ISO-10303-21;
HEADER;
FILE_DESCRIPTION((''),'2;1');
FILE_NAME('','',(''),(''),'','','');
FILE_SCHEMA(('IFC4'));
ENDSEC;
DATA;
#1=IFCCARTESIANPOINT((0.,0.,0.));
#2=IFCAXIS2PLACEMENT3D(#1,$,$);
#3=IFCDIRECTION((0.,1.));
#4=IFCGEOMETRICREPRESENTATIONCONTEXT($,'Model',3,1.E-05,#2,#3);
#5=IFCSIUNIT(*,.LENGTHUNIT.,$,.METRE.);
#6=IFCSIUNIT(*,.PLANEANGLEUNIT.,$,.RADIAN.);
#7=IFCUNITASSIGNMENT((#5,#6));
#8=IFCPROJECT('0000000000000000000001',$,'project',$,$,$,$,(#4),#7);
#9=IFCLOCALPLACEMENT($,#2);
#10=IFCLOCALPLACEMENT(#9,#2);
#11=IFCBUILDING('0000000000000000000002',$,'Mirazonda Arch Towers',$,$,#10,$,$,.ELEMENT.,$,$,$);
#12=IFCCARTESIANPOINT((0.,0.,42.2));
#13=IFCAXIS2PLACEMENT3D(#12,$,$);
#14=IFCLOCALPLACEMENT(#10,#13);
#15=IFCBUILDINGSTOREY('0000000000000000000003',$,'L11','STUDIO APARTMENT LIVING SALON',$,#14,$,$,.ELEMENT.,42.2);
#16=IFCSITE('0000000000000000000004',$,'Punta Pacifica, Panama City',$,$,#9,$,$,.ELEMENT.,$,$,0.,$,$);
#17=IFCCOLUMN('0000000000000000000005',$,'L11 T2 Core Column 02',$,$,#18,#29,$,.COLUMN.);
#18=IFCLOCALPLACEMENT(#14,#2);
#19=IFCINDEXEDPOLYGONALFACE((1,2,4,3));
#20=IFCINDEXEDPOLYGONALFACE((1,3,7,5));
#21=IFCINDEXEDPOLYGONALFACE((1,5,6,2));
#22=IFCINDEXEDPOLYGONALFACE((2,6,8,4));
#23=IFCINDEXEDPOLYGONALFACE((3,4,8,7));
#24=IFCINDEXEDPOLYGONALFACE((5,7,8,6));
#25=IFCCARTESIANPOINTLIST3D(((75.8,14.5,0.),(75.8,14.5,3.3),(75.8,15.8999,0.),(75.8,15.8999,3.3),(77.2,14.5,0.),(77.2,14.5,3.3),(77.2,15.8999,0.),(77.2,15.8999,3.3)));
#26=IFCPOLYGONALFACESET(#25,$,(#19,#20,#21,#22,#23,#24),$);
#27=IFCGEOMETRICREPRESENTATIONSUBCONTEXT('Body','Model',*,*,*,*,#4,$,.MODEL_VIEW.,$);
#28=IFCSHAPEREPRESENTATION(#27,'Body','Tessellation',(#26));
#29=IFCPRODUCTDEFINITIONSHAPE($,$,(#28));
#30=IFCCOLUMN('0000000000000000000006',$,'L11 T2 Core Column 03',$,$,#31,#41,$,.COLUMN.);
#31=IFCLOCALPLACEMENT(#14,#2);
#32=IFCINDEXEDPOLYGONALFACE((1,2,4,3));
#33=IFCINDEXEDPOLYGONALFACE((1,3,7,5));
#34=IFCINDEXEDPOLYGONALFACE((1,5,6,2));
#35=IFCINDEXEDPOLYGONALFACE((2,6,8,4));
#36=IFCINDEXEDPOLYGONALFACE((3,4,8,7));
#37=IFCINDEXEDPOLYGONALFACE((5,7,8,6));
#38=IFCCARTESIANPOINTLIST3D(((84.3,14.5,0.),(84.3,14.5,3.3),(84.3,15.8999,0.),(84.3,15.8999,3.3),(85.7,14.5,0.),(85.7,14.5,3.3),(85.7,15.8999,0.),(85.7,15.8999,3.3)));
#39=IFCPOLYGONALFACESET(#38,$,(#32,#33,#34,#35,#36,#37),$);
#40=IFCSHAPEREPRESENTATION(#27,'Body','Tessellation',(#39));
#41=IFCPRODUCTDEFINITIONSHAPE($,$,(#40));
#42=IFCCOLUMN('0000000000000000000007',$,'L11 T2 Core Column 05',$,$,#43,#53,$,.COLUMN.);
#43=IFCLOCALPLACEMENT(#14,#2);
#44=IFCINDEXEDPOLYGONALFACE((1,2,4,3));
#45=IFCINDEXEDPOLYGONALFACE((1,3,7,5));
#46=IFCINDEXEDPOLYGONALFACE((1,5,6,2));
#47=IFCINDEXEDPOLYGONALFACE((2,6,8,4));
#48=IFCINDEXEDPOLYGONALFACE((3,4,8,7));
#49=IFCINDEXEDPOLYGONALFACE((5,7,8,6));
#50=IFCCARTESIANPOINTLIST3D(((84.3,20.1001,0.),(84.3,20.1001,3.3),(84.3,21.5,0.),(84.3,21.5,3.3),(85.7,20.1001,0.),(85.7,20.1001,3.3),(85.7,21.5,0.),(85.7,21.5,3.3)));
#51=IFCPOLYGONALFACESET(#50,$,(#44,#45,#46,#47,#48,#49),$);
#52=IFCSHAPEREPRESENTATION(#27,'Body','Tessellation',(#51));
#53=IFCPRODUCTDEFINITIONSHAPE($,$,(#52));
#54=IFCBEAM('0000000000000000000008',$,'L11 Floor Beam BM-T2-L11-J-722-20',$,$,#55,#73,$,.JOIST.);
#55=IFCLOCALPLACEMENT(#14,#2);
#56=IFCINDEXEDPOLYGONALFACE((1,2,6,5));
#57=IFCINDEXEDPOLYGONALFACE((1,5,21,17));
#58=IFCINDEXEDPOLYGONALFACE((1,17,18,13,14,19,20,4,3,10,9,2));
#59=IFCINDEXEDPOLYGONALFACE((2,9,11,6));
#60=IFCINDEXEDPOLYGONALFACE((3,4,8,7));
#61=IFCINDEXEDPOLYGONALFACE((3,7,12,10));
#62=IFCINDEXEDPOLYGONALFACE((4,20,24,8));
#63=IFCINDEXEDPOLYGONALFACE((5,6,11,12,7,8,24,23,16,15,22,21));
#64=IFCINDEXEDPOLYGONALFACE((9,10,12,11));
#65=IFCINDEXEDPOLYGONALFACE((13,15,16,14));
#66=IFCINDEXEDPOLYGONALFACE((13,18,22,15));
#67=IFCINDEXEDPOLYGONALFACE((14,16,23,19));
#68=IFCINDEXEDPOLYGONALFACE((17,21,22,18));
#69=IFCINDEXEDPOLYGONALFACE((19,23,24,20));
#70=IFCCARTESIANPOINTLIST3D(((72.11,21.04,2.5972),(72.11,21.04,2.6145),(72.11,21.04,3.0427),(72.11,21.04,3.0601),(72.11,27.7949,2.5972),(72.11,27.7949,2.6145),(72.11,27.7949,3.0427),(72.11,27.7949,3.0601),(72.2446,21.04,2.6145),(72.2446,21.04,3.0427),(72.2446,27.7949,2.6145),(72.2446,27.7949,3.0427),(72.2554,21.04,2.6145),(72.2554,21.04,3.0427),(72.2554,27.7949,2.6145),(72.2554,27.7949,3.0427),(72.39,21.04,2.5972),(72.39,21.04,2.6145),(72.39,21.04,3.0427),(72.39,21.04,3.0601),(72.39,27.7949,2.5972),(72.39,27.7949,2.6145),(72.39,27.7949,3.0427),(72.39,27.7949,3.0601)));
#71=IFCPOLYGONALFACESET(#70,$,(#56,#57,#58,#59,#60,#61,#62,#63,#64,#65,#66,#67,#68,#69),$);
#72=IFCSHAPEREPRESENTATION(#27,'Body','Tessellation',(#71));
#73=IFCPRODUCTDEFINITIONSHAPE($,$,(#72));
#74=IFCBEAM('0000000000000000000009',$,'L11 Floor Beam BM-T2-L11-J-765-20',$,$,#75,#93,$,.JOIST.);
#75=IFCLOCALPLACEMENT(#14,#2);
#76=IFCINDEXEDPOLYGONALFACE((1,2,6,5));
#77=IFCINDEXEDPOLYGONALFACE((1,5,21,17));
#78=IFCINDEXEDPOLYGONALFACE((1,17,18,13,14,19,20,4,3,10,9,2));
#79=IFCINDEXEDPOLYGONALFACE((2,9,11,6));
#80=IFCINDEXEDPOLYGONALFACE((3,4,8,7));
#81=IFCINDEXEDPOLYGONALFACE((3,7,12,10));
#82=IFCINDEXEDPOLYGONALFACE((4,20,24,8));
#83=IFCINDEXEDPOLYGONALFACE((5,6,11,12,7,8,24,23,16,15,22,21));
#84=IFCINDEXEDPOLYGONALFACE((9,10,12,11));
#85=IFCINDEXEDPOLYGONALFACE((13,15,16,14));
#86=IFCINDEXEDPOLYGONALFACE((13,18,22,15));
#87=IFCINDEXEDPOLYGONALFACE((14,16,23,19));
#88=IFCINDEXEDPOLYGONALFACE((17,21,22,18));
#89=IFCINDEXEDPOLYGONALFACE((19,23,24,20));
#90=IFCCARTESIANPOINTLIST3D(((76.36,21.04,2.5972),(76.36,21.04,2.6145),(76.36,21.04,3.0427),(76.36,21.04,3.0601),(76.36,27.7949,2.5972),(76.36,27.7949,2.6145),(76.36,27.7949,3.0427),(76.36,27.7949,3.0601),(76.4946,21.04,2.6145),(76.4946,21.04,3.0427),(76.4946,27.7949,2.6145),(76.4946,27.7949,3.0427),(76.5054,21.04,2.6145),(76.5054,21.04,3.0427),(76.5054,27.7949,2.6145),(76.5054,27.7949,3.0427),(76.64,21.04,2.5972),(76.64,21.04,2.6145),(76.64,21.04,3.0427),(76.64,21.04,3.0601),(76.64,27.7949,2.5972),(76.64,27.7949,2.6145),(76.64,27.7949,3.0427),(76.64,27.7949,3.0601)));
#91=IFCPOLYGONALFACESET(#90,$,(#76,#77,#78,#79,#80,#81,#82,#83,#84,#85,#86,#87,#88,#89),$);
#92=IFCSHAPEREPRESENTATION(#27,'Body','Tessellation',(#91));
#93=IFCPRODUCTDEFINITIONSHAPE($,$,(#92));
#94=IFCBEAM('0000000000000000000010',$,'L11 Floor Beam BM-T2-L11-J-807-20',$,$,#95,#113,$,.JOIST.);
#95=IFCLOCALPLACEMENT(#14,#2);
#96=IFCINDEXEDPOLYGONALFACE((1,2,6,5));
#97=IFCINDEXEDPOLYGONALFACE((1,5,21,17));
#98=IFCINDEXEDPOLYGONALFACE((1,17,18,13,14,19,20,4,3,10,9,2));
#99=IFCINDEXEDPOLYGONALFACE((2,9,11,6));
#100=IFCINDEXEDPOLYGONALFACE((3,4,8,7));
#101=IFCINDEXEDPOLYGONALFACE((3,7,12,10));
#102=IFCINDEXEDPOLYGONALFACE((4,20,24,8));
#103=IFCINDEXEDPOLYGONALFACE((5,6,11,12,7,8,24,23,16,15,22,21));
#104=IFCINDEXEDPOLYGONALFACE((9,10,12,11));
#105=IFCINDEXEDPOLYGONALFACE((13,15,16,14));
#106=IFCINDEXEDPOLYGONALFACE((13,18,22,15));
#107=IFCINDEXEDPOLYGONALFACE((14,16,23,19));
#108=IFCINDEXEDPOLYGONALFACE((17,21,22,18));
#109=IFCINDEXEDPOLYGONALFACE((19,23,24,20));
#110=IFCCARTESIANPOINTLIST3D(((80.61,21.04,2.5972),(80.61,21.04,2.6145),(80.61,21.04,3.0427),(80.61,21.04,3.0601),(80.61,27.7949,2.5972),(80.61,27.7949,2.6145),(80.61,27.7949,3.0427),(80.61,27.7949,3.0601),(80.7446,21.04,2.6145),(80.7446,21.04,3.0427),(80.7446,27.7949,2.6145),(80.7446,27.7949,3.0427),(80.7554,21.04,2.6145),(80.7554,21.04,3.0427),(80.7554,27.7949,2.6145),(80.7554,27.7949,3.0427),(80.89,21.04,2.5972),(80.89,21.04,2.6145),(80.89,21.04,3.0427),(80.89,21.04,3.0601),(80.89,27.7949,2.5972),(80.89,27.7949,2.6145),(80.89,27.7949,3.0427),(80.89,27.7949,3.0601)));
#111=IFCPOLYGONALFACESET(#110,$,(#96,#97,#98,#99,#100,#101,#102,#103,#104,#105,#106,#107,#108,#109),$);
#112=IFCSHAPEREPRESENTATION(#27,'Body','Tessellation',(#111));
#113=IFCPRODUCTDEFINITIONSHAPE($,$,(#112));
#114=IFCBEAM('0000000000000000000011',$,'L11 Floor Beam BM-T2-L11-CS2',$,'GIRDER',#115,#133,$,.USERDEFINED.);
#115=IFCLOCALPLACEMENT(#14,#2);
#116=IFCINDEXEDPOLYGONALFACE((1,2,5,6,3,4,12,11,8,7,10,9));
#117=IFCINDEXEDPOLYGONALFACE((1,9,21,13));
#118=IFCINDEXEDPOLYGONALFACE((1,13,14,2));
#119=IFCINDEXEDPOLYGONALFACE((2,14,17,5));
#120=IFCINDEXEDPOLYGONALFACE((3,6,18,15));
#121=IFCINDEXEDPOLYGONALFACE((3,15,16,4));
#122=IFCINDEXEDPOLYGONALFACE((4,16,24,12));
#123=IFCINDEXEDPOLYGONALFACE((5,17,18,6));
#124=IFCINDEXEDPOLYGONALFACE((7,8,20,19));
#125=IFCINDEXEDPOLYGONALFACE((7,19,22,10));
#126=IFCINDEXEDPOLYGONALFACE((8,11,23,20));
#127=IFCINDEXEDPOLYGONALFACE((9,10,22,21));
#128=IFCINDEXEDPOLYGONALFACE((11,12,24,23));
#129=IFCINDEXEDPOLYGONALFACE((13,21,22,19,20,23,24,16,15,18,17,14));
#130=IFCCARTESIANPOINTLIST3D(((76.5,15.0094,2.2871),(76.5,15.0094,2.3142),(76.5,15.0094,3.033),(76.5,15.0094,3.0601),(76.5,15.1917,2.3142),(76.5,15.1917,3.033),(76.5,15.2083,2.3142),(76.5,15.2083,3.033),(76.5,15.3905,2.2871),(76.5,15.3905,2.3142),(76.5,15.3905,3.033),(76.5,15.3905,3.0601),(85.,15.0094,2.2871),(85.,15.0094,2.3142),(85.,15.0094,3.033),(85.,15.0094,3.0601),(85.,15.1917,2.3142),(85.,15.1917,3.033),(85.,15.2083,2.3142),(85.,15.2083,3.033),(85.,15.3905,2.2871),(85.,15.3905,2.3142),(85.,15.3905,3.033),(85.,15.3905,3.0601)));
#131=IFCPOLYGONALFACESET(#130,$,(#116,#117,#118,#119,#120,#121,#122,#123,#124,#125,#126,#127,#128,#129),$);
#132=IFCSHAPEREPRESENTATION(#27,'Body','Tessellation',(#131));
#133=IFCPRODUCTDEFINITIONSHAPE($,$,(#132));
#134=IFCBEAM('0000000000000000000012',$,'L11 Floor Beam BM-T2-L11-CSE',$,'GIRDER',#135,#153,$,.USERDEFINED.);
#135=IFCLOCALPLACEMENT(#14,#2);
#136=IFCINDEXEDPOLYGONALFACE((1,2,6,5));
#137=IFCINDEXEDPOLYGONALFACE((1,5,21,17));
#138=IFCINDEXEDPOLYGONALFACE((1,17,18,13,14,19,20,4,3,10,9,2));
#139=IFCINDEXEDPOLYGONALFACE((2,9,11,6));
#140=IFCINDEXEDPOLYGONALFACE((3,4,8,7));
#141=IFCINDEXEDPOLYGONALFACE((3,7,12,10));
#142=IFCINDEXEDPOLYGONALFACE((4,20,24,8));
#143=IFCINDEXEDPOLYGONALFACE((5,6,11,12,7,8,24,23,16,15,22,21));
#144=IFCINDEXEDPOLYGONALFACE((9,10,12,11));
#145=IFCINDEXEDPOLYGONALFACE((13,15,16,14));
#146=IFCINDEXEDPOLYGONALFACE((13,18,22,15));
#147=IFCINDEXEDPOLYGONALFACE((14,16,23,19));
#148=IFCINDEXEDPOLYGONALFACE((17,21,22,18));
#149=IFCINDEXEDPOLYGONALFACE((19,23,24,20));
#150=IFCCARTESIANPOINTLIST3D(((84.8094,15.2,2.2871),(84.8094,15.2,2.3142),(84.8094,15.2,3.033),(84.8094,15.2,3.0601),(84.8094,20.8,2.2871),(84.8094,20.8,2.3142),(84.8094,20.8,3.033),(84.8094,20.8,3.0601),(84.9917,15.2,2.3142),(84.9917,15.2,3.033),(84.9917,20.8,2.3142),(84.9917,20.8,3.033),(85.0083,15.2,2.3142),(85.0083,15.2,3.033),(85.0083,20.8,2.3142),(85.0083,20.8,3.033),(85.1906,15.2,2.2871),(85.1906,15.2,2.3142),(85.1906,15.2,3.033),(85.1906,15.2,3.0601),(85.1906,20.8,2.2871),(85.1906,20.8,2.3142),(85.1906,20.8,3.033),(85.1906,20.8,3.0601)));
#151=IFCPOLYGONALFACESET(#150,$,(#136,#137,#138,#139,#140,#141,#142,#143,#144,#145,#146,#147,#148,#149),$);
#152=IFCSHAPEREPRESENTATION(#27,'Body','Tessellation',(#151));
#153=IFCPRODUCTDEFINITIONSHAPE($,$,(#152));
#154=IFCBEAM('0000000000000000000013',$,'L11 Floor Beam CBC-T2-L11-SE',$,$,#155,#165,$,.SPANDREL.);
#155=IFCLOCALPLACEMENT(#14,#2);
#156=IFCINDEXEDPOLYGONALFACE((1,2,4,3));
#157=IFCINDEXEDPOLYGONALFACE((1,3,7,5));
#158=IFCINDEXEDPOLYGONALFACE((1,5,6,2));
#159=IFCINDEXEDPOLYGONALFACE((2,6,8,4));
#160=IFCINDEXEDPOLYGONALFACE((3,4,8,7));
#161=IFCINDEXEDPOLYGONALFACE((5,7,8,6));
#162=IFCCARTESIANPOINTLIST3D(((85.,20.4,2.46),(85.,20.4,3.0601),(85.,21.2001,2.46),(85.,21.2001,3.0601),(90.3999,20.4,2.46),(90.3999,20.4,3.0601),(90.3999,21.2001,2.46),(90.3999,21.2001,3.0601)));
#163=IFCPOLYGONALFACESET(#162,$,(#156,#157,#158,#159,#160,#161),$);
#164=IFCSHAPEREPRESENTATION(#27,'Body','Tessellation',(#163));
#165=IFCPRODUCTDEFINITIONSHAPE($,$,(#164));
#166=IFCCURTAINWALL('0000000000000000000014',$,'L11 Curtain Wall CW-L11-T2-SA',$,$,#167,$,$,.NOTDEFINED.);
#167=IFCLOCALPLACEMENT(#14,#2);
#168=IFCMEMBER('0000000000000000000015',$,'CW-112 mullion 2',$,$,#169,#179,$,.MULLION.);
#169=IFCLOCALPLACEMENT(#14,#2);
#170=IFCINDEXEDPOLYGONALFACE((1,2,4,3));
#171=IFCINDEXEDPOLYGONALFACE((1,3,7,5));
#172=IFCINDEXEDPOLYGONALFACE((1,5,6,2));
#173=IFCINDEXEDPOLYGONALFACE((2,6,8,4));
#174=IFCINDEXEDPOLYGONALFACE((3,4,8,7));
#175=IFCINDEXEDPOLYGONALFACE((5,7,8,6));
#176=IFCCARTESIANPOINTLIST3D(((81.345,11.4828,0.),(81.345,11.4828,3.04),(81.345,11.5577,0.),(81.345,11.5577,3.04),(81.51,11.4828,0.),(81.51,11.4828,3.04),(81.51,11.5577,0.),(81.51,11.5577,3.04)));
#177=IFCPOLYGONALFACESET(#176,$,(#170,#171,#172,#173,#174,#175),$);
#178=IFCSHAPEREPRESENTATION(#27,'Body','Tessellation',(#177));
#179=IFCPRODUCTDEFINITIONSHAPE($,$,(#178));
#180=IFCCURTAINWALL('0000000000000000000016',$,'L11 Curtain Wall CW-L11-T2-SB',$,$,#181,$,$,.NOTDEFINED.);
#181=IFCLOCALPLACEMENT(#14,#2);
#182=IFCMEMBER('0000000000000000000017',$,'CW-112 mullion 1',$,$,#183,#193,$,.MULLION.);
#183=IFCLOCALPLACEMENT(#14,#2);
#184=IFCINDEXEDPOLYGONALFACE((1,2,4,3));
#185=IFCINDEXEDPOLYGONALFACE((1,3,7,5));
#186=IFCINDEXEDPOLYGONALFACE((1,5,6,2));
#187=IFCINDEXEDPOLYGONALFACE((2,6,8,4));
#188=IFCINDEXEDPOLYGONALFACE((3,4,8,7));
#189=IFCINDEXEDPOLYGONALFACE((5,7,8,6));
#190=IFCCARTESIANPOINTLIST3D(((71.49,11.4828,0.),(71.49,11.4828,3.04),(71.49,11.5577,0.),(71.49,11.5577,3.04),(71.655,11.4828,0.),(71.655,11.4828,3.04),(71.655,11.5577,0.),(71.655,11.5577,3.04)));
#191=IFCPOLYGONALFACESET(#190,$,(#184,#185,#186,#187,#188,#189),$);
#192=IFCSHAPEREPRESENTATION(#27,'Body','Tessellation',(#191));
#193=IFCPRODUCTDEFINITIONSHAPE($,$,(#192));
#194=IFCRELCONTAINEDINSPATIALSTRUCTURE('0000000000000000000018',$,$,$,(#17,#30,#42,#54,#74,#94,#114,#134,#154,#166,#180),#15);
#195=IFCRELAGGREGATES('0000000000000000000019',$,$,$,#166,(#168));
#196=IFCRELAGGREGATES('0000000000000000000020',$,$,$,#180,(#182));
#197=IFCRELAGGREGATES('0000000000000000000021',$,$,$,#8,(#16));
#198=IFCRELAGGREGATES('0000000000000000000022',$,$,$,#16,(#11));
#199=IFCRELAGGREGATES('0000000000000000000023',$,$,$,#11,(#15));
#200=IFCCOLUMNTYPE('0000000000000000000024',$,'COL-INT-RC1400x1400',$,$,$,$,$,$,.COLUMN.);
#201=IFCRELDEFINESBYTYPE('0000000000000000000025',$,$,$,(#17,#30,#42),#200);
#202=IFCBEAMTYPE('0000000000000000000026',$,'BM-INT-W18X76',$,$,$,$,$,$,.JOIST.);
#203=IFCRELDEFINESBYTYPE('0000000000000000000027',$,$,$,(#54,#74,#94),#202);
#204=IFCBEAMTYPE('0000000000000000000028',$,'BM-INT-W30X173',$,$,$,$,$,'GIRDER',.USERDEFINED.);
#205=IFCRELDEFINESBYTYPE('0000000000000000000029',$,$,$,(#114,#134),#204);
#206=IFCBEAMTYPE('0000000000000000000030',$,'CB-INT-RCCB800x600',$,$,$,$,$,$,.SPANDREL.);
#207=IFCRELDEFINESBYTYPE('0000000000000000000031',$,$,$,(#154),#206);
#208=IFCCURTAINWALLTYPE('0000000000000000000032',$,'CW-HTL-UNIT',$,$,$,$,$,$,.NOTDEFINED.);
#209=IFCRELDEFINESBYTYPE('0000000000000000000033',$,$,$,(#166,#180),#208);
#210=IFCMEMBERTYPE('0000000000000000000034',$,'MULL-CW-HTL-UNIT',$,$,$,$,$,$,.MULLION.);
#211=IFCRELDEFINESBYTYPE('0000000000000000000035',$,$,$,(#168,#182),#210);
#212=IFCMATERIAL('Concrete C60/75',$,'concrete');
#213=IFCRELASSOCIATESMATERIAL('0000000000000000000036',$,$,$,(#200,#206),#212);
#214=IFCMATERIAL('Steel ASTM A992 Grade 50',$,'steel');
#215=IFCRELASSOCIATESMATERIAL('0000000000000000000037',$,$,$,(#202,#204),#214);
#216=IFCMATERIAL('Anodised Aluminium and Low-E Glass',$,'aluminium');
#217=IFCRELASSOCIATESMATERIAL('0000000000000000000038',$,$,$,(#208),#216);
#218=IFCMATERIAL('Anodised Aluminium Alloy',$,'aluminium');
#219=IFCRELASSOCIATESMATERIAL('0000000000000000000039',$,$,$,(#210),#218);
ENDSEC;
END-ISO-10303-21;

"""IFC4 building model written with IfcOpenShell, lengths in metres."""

from ifc_helpers import new_model, si_unit, direction, frame, origin, origin_2d, place, context, subcontext, project, spatial, rectangle, i_section, extrude, material, material_profile, profile_set, type_object, element, aggregate, save


model = new_model("IFC4")

# Units and contexts
model_context = context("Model", 3, precision=1e-05, world=origin(), true_north=direction((0.0, 1.0)))
body_context = subcontext(model_context, "Body", "Model", "MODEL_VIEW")
ifc_project = project(units=[si_unit("LENGTHUNIT", "METRE"), si_unit("PLANEANGLEUNIT", "RADIAN")], contexts=[model_context])

# Site, building, storey
site_placement = place(None, origin())
site = spatial("IfcSite", under=ifc_project, at=site_placement, Name="Punta Pacifica, Panama City", CompositionType="ELEMENT", RefElevation=0.0)
building_placement = place(site_placement, origin())
building = spatial("IfcBuilding", under=site, at=building_placement, Name="Mirazonda Arch Towers", CompositionType="ELEMENT")
storey_placement = place(building_placement, frame((0.0, 0.0, 42.2)))
storey = spatial("IfcBuildingStorey", under=building, at=storey_placement, Name="L11", Description="STUDIO APARTMENT LIVING SALON", CompositionType="ELEMENT", Elevation=42.2)

# Columns
ifc_material_1 = material(Name="Concrete C60/75", Category="concrete")
ifc_material_profile_1 = material_profile(ifc_material_1, rectangle(XDim=1.3999, YDim=1.3999, at=origin_2d()), Name="RC1400x1400")
ifc_profile_set_1 = profile_set([ifc_material_profile_1], Name="Concrete C60/75")
column_type = type_object("IfcColumnType", Name="COL-INT-RC1400x1400", PredefinedType="COLUMN", material=ifc_profile_set_1)
for number, where, z_axis, x_axis, name in (
    (1, (76.5, 15.2, 0.0), (0.0, 0.0, 1.0), (1.0, 0.0, 0.0), "L11 T2 Core Column 02"),
    (2, (85.0, 15.2, 0.0), (0.0, 0.0, 1.0), (1.0, 0.0, 0.0), "L11 T2 Core Column 03"),
    (3, (85.0, 20.8, 0.0), (0.0, 0.0, 1.0), (1.0, 0.0, 0.0), "L11 T2 Core Column 05"),
):
    element("IfcColumn", number, at=place(storey_placement, frame(where, z_axis=z_axis, x_axis=x_axis)), inside=storey, type_object=column_type, Name=name, PredefinedType="COLUMN", context=body_context, shape_type="SweptSolid", body=[
        extrude(rectangle(XDim=1.3999, YDim=1.3999, at=origin_2d()), origin(), (0.0, 0.0, 1.0), 3.3),
    ])

# Beams
ifc_material_2 = material(Name="Steel ASTM A992 Grade 50", Category="steel")
ifc_material_profile_2 = material_profile(ifc_material_2, i_section(OverallWidth=0.28, OverallDepth=0.4629, WebThickness=0.0107, FlangeThickness=0.0173, at=origin_2d()), Name="W18X76")
ifc_profile_set_2 = profile_set([ifc_material_profile_2], Name="Steel ASTM A992 Grade 50")
beam_type_1 = type_object("IfcBeamType", Name="BM-INT-W18X76", PredefinedType="JOIST", material=ifc_profile_set_2)
for number, where, z_axis, x_axis, name in (
    (4, (72.25, 21.04, 2.8286), (0.0, 1.0, 0.0), (-1.0, 0.0, 0.0), "L11 Floor Beam BM-T2-L11-J-722-20"),
    (5, (76.5, 21.04, 2.8286), (0.0, 1.0, 0.0), (-1.0, 0.0, 0.0), "L11 Floor Beam BM-T2-L11-J-765-20"),
    (6, (80.75, 21.04, 2.8286), (0.0, 1.0, 0.0), (-1.0, 0.0, 0.0), "L11 Floor Beam BM-T2-L11-J-807-20"),
):
    element("IfcBeam", number, at=place(storey_placement, frame(where, z_axis=z_axis, x_axis=x_axis)), inside=storey, type_object=beam_type_1, Name=name, PredefinedType="JOIST", context=body_context, shape_type="SweptSolid", body=[
        extrude(i_section(OverallWidth=0.28, OverallDepth=0.4629, WebThickness=0.0107, FlangeThickness=0.0173, at=origin_2d()), origin(), (0.0, 0.0, 1.0), 6.7549),
    ])
ifc_material_profile_3 = material_profile(ifc_material_2, i_section(OverallWidth=0.3811, OverallDepth=0.7729, WebThickness=0.0166, FlangeThickness=0.0271, at=origin_2d()), Name="W30X173")
ifc_profile_set_3 = profile_set([ifc_material_profile_3], Name="Steel ASTM A992 Grade 50")
beam_type_2 = type_object("IfcBeamType", Name="BM-INT-W30X173", ElementType="GIRDER", PredefinedType="USERDEFINED", material=ifc_profile_set_3)
beam_1_placement = place(storey_placement, frame((76.5, 15.2, 2.6736), z_axis=(1.0, 0.0, 0.0), x_axis=(0.0, 1.0, 0.0)))
element("IfcBeam", 7, at=beam_1_placement, inside=storey, type_object=beam_type_2, Name="L11 Floor Beam BM-T2-L11-CS2", ObjectType="GIRDER", PredefinedType="USERDEFINED", context=body_context, shape_type="SweptSolid", body=[
    extrude(i_section(OverallWidth=0.3811, OverallDepth=0.7729, WebThickness=0.0166, FlangeThickness=0.0271, at=origin_2d()), origin(), (0.0, 0.0, 1.0), 8.5),
])
beam_2_placement = place(storey_placement, frame((85.0, 15.2, 2.6736), z_axis=(0.0, 1.0, 0.0), x_axis=(-1.0, 0.0, 0.0)))
element("IfcBeam", 8, at=beam_2_placement, inside=storey, type_object=beam_type_2, Name="L11 Floor Beam BM-T2-L11-CSE", ObjectType="GIRDER", PredefinedType="USERDEFINED", context=body_context, shape_type="SweptSolid", body=[
    extrude(i_section(OverallWidth=0.3811, OverallDepth=0.7729, WebThickness=0.0166, FlangeThickness=0.0271, at=origin_2d()), origin(), (0.0, 0.0, 1.0), 5.6001),
])
ifc_material_profile_4 = material_profile(ifc_material_1, rectangle(XDim=0.8, YDim=0.6001, at=origin_2d()), Name="RCCB800x600")
ifc_profile_set_4 = profile_set([ifc_material_profile_4], Name="Concrete C60/75")
beam_type_3 = type_object("IfcBeamType", Name="CB-INT-RCCB800x600", PredefinedType="SPANDREL", material=ifc_profile_set_4)
beam_3_placement = place(storey_placement, frame((85.0, 20.8, 2.76), z_axis=(1.0, 0.0, 0.0), x_axis=(0.0, 1.0, 0.0)))
element("IfcBeam", 9, at=beam_3_placement, inside=storey, type_object=beam_type_3, Name="L11 Floor Beam CBC-T2-L11-SE", PredefinedType="SPANDREL", context=body_context, shape_type="SweptSolid", body=[
    extrude(rectangle(XDim=0.8, YDim=0.6001, at=origin_2d()), origin(), (0.0, 0.0, 1.0), 5.3999),
])

# Curtain walls, members
ifc_material_3 = material(Name="Anodised Aluminium and Low-E Glass", Category="aluminium")
curtain_wall_type = type_object("IfcCurtainWallType", Name="CW-HTL-UNIT", PredefinedType="NOTDEFINED", material=ifc_material_3)
curtain_wall_1_placement = place(storey_placement, origin())
curtain_wall_1 = element("IfcCurtainWall", 10, at=curtain_wall_1_placement, inside=storey, type_object=curtain_wall_type, Name="L11 Curtain Wall CW-L11-T2-SA", PredefinedType="NOTDEFINED")
ifc_material_4 = material(Name="Anodised Aluminium Alloy", Category="aluminium")
ifc_material_profile_5 = material_profile(ifc_material_4, rectangle(XDim=0.075, YDim=0.165, at=origin_2d()), Name="ALU-MULL-75x165")
ifc_profile_set_5 = profile_set([ifc_material_profile_5], Name="Anodised Aluminium Alloy")
member_type = type_object("IfcMemberType", Name="MULL-CW-HTL-UNIT", PredefinedType="MULLION", material=ifc_profile_set_5)
member_1_placement = place(storey_placement, frame((81.4275, 11.5203, 0.0), z_axis=(0.0, 0.0, 1.0), x_axis=(0.0, -1.0, 0.0)))
member_1 = element("IfcMember", 11, at=member_1_placement, type_object=member_type, Name="CW-112 mullion 2", PredefinedType="MULLION", context=body_context, shape_type="SweptSolid", body=[
    extrude(rectangle(XDim=0.075, YDim=0.165, at=origin_2d()), origin(), (0.0, 0.0, 1.0), 3.04),
])
aggregate(curtain_wall_1, [member_1])
curtain_wall_2_placement = place(storey_placement, origin())
curtain_wall_2 = element("IfcCurtainWall", 12, at=curtain_wall_2_placement, inside=storey, type_object=curtain_wall_type, Name="L11 Curtain Wall CW-L11-T2-SB", PredefinedType="NOTDEFINED")
member_2_placement = place(storey_placement, frame((71.5725, 11.5203, 0.0), z_axis=(0.0, 0.0, 1.0), x_axis=(0.0, -1.0, 0.0)))
member_2 = element("IfcMember", 13, at=member_2_placement, type_object=member_type, Name="CW-112 mullion 1", PredefinedType="MULLION", context=body_context, shape_type="SweptSolid", body=[
    extrude(rectangle(XDim=0.075, YDim=0.165, at=origin_2d()), origin(), (0.0, 0.0, 1.0), 3.04),
])
aggregate(curtain_wall_2, [member_2])

save(model, "model.ifc")
